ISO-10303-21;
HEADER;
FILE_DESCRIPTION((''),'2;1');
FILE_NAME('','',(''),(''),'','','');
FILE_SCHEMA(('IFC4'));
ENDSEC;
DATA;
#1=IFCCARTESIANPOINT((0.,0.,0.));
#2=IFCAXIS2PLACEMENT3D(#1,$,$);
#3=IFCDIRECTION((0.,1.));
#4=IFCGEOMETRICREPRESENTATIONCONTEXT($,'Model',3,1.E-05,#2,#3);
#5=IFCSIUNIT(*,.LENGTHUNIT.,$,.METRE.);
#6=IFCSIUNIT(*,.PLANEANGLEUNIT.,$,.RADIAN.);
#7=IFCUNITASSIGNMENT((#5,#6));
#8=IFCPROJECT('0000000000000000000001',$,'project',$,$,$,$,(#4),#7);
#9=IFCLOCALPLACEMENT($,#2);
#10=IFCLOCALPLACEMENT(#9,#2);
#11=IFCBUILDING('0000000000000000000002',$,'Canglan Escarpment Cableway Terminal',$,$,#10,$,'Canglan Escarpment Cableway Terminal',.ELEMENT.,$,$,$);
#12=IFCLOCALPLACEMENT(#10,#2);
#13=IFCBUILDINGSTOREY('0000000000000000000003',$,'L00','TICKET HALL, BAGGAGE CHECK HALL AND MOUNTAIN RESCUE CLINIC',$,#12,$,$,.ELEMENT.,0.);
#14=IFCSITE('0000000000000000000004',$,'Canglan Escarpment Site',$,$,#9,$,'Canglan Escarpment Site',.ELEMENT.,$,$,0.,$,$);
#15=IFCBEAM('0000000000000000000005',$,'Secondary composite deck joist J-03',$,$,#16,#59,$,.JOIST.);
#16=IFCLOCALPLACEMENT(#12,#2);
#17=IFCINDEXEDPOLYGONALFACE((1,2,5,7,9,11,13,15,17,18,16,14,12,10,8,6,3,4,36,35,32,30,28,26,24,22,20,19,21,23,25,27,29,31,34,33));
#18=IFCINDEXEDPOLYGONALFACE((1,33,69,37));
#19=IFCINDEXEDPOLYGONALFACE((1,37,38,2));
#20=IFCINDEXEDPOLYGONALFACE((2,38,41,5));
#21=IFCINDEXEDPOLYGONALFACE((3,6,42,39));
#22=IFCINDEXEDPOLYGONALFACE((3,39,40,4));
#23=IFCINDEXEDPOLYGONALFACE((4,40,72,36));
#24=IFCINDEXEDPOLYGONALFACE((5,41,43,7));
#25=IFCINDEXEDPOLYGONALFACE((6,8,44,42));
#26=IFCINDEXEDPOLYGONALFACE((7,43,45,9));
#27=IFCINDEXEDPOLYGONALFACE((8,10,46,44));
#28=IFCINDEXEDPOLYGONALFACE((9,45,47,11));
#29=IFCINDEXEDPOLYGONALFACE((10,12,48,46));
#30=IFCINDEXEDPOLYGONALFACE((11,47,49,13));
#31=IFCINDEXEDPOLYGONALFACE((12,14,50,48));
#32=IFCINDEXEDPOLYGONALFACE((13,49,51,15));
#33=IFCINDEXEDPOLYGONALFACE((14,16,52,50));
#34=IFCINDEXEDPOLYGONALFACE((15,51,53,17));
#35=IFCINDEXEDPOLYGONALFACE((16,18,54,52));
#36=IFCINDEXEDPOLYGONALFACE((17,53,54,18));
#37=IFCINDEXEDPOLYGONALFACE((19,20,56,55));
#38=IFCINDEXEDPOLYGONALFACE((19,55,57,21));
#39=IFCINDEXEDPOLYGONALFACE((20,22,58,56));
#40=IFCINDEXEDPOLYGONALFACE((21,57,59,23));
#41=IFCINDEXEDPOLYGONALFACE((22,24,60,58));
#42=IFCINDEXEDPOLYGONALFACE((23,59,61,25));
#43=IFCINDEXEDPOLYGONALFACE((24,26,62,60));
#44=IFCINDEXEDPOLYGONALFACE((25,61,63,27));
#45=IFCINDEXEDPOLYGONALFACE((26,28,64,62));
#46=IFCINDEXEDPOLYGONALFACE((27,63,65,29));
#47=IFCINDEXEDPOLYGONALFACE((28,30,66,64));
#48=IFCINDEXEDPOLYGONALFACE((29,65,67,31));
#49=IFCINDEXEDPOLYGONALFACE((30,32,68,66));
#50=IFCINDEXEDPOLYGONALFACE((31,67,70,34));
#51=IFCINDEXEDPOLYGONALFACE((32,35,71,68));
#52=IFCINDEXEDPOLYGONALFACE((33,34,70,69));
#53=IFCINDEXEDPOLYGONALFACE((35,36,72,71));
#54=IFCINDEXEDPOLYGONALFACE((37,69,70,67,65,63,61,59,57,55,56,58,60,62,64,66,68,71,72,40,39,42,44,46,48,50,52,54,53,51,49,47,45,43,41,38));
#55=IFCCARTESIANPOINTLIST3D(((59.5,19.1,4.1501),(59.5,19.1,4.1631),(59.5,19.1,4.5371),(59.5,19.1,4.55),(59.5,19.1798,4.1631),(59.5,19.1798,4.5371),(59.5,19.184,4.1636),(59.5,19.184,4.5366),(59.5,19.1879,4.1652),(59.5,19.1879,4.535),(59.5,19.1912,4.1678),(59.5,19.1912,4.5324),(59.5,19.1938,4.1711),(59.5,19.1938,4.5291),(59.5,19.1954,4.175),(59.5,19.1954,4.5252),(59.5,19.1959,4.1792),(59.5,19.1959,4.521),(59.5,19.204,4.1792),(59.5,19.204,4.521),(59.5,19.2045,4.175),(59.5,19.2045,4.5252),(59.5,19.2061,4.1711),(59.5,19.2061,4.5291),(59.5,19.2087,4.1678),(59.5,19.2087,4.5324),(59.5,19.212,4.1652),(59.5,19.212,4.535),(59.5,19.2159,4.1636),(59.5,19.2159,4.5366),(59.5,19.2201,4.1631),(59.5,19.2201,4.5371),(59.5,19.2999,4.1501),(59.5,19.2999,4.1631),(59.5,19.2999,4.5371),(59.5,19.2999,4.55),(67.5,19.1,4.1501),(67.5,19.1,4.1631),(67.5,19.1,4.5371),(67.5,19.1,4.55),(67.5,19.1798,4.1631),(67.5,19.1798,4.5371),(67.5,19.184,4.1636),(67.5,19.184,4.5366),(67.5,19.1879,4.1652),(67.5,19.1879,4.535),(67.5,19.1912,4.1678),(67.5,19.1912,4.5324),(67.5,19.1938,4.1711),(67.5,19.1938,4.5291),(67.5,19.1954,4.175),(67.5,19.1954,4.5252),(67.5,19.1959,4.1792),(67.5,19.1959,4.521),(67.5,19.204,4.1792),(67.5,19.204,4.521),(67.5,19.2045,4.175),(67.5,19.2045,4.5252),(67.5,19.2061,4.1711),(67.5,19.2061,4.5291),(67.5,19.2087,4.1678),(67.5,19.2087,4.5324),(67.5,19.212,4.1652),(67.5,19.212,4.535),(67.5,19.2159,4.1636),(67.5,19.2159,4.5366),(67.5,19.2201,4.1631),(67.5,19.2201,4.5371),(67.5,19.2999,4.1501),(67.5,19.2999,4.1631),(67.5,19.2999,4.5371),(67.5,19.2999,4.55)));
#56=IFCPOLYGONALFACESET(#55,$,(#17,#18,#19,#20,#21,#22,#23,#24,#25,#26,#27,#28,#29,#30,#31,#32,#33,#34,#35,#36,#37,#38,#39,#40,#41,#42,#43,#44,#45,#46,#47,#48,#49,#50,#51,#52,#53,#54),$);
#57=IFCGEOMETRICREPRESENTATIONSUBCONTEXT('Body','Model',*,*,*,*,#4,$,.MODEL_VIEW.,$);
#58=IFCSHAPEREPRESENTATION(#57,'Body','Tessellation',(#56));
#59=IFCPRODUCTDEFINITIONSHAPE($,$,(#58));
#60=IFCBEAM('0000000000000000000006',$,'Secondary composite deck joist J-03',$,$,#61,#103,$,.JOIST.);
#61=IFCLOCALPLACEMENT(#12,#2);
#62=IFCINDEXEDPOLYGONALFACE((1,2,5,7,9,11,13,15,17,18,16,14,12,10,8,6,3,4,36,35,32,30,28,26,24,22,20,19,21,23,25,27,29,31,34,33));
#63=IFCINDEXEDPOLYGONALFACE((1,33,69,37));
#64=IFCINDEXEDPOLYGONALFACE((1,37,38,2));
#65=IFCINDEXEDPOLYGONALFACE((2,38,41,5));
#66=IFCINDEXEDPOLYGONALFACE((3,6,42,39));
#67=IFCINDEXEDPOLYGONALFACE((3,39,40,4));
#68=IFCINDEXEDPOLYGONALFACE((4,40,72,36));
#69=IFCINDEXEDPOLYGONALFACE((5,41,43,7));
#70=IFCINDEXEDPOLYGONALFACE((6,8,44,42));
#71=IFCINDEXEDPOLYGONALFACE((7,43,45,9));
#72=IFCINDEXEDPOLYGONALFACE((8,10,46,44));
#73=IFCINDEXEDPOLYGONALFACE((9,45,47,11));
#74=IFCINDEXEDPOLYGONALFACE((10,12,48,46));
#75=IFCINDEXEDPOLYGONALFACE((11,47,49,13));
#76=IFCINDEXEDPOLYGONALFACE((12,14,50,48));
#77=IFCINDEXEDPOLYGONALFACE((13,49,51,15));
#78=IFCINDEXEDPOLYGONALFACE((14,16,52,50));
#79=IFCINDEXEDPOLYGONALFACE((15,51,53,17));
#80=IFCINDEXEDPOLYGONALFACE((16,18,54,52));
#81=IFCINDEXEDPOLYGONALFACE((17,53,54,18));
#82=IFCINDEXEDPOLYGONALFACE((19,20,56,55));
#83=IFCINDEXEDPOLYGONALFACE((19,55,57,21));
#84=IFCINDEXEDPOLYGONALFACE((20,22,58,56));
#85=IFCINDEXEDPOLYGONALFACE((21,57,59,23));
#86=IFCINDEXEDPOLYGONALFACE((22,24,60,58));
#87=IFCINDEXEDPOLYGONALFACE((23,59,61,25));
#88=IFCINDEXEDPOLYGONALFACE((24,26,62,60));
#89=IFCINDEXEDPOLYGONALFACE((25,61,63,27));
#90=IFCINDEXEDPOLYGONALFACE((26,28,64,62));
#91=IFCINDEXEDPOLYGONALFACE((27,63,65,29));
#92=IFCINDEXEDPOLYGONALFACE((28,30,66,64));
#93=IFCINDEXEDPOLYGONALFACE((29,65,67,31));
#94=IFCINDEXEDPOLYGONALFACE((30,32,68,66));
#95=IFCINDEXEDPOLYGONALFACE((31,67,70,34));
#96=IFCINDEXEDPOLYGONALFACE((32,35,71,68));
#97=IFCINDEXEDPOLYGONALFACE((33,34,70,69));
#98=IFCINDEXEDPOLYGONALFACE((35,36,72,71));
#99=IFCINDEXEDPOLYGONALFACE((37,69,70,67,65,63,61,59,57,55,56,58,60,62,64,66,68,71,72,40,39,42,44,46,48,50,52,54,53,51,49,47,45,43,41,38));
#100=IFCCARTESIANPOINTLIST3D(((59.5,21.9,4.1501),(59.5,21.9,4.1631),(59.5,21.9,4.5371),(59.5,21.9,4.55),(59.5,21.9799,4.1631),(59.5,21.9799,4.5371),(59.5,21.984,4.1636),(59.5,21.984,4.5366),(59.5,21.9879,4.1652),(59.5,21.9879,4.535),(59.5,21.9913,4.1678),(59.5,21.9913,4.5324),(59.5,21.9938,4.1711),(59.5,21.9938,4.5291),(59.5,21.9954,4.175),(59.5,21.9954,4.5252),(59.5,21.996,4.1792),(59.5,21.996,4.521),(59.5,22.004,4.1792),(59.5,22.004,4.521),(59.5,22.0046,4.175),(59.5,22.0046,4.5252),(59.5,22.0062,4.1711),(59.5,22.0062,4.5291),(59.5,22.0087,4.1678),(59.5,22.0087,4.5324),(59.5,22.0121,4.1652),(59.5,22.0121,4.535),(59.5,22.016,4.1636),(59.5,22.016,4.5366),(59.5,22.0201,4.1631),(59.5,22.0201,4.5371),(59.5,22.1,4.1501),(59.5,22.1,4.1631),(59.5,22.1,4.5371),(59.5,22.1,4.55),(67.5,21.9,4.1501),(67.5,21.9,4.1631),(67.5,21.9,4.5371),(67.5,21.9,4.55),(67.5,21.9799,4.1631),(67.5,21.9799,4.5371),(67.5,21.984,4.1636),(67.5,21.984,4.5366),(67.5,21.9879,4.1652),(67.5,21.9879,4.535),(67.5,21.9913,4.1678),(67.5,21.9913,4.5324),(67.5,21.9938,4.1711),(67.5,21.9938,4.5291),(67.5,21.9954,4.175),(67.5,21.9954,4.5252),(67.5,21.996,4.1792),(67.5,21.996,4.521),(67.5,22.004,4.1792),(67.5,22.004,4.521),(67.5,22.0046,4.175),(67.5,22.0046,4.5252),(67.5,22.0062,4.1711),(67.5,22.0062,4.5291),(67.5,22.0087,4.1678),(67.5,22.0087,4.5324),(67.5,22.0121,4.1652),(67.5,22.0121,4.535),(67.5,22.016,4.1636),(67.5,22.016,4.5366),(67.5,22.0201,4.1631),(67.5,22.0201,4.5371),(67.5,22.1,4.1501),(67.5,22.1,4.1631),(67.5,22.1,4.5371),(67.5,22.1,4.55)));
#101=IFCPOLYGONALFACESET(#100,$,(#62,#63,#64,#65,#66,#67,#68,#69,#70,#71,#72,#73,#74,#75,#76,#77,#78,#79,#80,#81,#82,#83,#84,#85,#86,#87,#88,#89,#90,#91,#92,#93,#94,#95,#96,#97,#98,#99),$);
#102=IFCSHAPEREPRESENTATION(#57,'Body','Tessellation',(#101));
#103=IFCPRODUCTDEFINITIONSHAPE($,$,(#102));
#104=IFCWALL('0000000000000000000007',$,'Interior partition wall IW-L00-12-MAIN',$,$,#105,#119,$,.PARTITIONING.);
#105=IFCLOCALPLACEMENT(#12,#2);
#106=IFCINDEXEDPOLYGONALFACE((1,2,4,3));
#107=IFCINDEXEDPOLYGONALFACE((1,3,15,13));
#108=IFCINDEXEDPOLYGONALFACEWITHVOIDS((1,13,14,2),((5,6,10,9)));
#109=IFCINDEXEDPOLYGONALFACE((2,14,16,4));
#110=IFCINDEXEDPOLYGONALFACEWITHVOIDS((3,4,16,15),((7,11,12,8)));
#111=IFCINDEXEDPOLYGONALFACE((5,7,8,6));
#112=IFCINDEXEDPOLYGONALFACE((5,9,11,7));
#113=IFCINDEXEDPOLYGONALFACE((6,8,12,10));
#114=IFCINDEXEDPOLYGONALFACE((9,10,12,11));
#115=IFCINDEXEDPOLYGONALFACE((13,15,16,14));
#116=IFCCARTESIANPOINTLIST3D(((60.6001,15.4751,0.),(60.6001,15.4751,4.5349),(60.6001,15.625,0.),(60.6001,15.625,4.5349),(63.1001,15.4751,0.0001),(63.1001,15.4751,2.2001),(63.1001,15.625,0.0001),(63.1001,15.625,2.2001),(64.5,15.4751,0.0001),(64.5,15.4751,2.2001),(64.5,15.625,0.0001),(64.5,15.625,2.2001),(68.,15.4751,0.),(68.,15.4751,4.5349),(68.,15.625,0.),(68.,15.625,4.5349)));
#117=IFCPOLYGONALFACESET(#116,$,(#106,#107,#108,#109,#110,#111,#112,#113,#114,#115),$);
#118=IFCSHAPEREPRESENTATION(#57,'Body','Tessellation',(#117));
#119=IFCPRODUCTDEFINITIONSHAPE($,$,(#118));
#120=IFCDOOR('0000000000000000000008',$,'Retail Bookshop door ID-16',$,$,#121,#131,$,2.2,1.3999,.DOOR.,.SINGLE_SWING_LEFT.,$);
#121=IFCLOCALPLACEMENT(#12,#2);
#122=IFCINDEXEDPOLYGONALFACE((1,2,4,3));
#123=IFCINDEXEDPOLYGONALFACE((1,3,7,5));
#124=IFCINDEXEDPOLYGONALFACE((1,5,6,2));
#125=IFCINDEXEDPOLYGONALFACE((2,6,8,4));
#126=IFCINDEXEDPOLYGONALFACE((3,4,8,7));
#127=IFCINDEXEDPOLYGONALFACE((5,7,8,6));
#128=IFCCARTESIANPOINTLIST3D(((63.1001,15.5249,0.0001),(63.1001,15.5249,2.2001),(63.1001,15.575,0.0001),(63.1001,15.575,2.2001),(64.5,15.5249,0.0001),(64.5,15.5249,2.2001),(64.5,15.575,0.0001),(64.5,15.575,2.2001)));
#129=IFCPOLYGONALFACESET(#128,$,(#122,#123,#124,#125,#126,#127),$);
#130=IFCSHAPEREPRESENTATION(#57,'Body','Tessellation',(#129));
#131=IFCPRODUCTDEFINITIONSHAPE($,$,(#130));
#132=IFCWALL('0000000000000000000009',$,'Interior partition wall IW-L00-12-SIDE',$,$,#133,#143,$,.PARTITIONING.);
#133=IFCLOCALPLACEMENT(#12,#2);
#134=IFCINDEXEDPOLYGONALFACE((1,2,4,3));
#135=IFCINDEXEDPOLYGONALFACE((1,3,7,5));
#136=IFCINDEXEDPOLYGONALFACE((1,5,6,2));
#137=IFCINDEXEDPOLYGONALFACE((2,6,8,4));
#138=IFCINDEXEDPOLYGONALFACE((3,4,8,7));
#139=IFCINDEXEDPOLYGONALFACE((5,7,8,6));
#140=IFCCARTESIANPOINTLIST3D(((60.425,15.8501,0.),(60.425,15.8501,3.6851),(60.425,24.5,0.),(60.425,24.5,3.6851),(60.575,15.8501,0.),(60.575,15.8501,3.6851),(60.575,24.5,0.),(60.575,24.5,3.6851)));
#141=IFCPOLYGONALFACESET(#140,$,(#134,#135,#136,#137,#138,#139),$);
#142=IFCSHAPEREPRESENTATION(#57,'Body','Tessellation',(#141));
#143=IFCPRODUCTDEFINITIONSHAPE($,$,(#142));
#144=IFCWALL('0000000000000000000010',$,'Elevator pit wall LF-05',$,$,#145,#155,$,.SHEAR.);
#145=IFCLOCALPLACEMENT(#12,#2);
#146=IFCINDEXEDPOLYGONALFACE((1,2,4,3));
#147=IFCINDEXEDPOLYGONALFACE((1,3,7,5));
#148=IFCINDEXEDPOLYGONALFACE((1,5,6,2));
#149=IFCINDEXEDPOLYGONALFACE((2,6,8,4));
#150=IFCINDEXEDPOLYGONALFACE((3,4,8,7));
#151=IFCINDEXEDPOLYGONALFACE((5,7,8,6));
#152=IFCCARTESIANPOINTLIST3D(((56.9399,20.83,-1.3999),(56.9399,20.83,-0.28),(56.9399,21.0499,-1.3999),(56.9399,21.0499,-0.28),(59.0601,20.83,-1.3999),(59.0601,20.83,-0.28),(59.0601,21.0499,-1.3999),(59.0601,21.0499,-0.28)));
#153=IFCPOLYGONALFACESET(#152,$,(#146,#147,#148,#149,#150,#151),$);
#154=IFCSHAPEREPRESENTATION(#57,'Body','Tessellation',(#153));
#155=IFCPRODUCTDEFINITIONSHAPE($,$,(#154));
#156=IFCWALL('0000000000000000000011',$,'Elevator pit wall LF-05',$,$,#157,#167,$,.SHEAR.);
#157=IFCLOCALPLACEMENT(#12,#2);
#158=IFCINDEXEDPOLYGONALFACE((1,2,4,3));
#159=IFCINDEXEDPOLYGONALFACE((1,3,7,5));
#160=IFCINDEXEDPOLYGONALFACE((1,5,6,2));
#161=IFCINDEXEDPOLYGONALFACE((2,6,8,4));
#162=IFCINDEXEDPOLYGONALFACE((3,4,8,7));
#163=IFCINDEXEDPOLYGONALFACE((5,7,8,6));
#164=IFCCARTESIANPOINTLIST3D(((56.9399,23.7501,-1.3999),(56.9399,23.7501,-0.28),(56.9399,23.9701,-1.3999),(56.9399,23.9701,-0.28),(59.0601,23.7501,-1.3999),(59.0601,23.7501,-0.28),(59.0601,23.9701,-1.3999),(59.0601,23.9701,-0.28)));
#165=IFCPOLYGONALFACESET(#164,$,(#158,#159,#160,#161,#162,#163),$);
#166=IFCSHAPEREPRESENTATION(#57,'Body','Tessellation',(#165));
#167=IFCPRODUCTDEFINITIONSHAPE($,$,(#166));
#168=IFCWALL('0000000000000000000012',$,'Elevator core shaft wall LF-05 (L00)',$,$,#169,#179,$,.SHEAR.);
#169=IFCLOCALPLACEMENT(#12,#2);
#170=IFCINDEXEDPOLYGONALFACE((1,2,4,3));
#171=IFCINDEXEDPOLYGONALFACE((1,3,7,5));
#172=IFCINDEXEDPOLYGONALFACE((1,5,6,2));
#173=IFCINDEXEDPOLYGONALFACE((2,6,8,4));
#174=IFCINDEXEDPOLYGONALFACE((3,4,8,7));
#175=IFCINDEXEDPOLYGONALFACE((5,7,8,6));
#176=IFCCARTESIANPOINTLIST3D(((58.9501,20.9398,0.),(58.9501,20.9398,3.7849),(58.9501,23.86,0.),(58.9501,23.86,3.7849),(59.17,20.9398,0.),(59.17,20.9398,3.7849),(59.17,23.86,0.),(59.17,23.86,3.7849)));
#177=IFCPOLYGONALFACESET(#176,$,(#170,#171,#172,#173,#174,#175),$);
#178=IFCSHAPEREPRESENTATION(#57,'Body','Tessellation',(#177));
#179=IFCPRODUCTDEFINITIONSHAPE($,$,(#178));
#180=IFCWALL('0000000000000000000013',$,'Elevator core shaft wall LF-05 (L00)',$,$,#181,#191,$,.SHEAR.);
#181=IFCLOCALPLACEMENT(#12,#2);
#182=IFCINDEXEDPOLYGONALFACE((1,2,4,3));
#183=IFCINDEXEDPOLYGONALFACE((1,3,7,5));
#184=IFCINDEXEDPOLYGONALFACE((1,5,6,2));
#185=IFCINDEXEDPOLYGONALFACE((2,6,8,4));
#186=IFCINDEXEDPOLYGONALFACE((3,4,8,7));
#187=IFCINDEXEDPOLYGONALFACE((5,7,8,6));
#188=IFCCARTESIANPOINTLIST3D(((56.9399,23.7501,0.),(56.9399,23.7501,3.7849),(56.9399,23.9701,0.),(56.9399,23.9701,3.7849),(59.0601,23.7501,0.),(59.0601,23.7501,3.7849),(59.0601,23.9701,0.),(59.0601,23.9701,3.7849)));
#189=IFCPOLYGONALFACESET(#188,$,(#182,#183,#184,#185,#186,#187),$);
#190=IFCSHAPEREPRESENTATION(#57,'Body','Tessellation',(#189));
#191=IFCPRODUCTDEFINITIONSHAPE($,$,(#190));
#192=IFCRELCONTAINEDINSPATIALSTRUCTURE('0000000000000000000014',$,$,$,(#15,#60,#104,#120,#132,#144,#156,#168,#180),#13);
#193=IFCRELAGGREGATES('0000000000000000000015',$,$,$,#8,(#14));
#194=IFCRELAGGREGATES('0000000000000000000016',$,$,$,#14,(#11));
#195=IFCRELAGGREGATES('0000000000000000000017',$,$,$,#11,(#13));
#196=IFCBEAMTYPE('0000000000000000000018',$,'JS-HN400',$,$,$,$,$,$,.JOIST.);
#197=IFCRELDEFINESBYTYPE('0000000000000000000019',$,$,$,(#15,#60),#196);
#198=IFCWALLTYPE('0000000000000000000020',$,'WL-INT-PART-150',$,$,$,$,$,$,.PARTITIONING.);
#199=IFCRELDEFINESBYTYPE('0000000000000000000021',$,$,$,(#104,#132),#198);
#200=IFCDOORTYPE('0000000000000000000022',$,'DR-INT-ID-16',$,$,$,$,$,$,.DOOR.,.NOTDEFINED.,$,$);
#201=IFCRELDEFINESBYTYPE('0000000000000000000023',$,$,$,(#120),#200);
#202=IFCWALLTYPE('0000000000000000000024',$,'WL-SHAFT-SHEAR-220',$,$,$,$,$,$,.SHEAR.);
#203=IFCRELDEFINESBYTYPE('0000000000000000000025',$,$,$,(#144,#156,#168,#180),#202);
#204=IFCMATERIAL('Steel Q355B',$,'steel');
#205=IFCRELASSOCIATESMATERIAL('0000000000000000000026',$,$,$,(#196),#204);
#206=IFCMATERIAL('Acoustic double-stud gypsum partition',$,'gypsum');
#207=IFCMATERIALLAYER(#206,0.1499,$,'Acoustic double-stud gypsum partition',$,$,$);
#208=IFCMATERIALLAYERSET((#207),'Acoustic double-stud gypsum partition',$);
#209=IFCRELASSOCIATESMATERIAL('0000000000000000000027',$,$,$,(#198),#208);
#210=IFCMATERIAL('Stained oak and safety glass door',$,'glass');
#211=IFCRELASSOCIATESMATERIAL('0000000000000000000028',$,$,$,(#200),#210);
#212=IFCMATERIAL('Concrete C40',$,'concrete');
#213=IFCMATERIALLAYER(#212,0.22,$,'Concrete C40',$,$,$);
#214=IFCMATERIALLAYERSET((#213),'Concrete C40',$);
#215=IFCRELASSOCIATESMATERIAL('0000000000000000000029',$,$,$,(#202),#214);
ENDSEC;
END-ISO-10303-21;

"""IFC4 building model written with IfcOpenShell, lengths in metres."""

from ifc_helpers import new_model, si_unit, direction, frame, frame_2d, origin, origin_2d, place, context, subcontext, project, spatial, rectangle, i_section, extrude, material, layer, layer_set, material_profile, profile_set, type_object, element, fill, save


model = new_model("IFC4")

# Units and contexts
model_context = context("Model", 3, precision=1e-05, world=origin(), true_north=direction((0.0, 1.0)))
body_context = subcontext(model_context, "Body", "Model", "MODEL_VIEW")
ifc_project = project(units=[si_unit("LENGTHUNIT", "METRE"), si_unit("PLANEANGLEUNIT", "RADIAN")], contexts=[model_context])

# Site, building, storey
site_placement = place(None, origin())
site = spatial("IfcSite", under=ifc_project, at=site_placement, Name="Canglan Escarpment Site", LongName="Canglan Escarpment Site", CompositionType="ELEMENT", RefElevation=0.0)
building_placement = place(site_placement, origin())
building = spatial("IfcBuilding", under=site, at=building_placement, Name="Canglan Escarpment Cableway Terminal", LongName="Canglan Escarpment Cableway Terminal", CompositionType="ELEMENT")
storey_placement = place(building_placement, origin())
storey = spatial("IfcBuildingStorey", under=building, at=storey_placement, Name="L00", Description="TICKET HALL, BAGGAGE CHECK HALL AND MOUNTAIN RESCUE CLINIC", CompositionType="ELEMENT", Elevation=0.0)

# Shared definitions
ifc_material_1 = material(Name="Concrete C40", Category="concrete")

# Beams
ifc_material_2 = material(Name="Steel Q355B", Category="steel")
ifc_material_profile_1 = material_profile(ifc_material_2, i_section(OverallWidth=0.2, OverallDepth=0.3999, WebThickness=0.0081, FlangeThickness=0.0129, FilletRadius=0.0161, at=origin_2d()), Name="HN 400x200x8x13")
ifc_profile_set_1 = profile_set([ifc_material_profile_1], Name="Steel Q355B")
beam_type_1 = type_object("IfcBeamType", Name="JS-HN400", PredefinedType="JOIST", material=ifc_profile_set_1)
for number, where, z_axis, x_axis, name in (
    (1, (59.5, 19.2, 4.3501), (1.0, 0.0, 0.0), (0.0, 1.0, 0.0), "Secondary composite deck joist J-03"),
    (2, (59.5, 22.0, 4.3501), (1.0, 0.0, 0.0), (0.0, 1.0, 0.0), "Secondary composite deck joist J-03"),
):
    element("IfcBeam", number, at=place(storey_placement, frame(where, z_axis=z_axis, x_axis=x_axis)), inside=storey, type_object=beam_type_1, Name=name, PredefinedType="JOIST", context=body_context, shape_type="SweptSolid", body=[
        extrude(i_section(OverallWidth=0.2, OverallDepth=0.3999, WebThickness=0.0081, FlangeThickness=0.0129, FilletRadius=0.0161, at=origin_2d()), origin(), (0.0, 0.0, 1.0), 8.0),
    ])

# Wall, opening, door
ifc_material_3 = material(Name="Acoustic double-stud gypsum partition", Category="gypsum")
ifc_layer_1 = layer(ifc_material_3, 0.1499, Name="Acoustic double-stud gypsum partition")
ifc_layer_set_1 = layer_set([ifc_layer_1], Name="Acoustic double-stud gypsum partition")
wall_type_1 = type_object("IfcWallType", Name="WL-INT-PART-150", PredefinedType="PARTITIONING", material=ifc_layer_set_1)
wall_1_placement = place(storey_placement, frame((60.6001, 15.55, 0.0), z_axis=(0.0, 0.0, 1.0), x_axis=(1.0, 0.0, 0.0)))
wall_1 = element("IfcWall", 3, at=wall_1_placement, inside=storey, type_object=wall_type_1, Name="Interior partition wall IW-L00-12-MAIN", PredefinedType="PARTITIONING", context=body_context, shape_type="SweptSolid", body=[
    extrude(rectangle(XDim=7.3999, YDim=0.1499, at=frame_2d((3.7, 0.0))), origin(), (0.0, 0.0, 1.0), 4.5349),
])
opening_1_placement = place(wall_1_placement, frame((2.5, 0.0, 0.0)))
opening_1 = element("IfcOpeningElement", 4, at=opening_1_placement, cuts=wall_1, PredefinedType="OPENING", context=body_context, shape_type="SweptSolid", body=[
    extrude(rectangle(XDim=1.3999, YDim=2.2, at=frame_2d((0.7, 1.1001))), frame((0.0, 0.085, 0.0), z_axis=(0.0, -1.0, 0.0), x_axis=(1.0, 0.0, 0.0)), (0.0, 0.0, 1.0), 0.1699),
])
ifc_material_4 = material(Name="Stained oak and safety glass door", Category="glass")
door_type_1 = type_object("IfcDoorType", Name="DR-INT-ID-16", OperationType="NOTDEFINED", PredefinedType="DOOR", material=ifc_material_4)
door_1_placement = place(opening_1_placement, origin())
door_1 = element("IfcDoor", 5, at=door_1_placement, inside=storey, type_object=door_type_1, Name="Retail Bookshop door ID-16", OperationType="SINGLE_SWING_LEFT", OverallHeight=2.2, OverallWidth=1.3999, PredefinedType="DOOR", context=body_context, shape_type="SweptSolid", body=[
    extrude(rectangle(XDim=1.3999, YDim=2.2, at=frame_2d((0.7, 1.1001))), frame((0.0, 0.0249, 0.0), z_axis=(0.0, -1.0, 0.0), x_axis=(1.0, 0.0, 0.0)), (0.0, 0.0, 1.0), 0.05),
])
fill(opening_1, door_1)

# Walls
wall_2_placement = place(storey_placement, frame((60.5, 15.8501, 0.0), z_axis=(0.0, 0.0, 1.0), x_axis=(0.0, 1.0, 0.0)))
element("IfcWall", 6, at=wall_2_placement, inside=storey, type_object=wall_type_1, Name="Interior partition wall IW-L00-12-SIDE", PredefinedType="PARTITIONING", context=body_context, shape_type="SweptSolid", body=[
    extrude(rectangle(XDim=8.6499, YDim=0.1499, at=frame_2d((4.325, 0.0))), origin(), (0.0, 0.0, 1.0), 3.6851),
])
ifc_layer_2 = layer(ifc_material_1, 0.22, Name="Concrete C40")
ifc_layer_set_2 = layer_set([ifc_layer_2], Name="Concrete C40")
wall_type_2 = type_object("IfcWallType", Name="WL-SHAFT-SHEAR-220", PredefinedType="SHEAR", material=ifc_layer_set_2)
for number, where, z_axis, x_axis, name in (
    (7, (56.9399, 20.9399, -1.3999), (0.0, 0.0, 1.0), (1.0, 0.0, 0.0), "Elevator pit wall LF-05"),
    (8, (56.9399, 23.8601, -1.3999), (0.0, 0.0, 1.0), (1.0, 0.0, 0.0), "Elevator pit wall LF-05"),
):
    element("IfcWall", number, at=place(storey_placement, frame(where, z_axis=z_axis, x_axis=x_axis)), inside=storey, type_object=wall_type_2, Name=name, PredefinedType="SHEAR", context=body_context, shape_type="SweptSolid", body=[
        extrude(rectangle(XDim=2.1201, YDim=0.22, at=frame_2d((1.0601, 0.0))), origin(), (0.0, 0.0, 1.0), 1.1199),
    ])

# Walls
wall_3_placement = place(storey_placement, frame((59.0601, 20.9399, 0.0), z_axis=(0.0, 0.0, 1.0), x_axis=(0.0, 1.0, 0.0)))
element("IfcWall", 9, at=wall_3_placement, inside=storey, type_object=wall_type_2, Name="Elevator core shaft wall LF-05 (L00)", PredefinedType="SHEAR", context=body_context, shape_type="SweptSolid", body=[
    extrude(rectangle(XDim=2.9202, YDim=0.22, at=frame_2d((1.46, 0.0))), origin(), (0.0, 0.0, 1.0), 3.7849),
])
wall_4_placement = place(storey_placement, frame((59.0601, 23.8601, 0.0), z_axis=(0.0, 0.0, 1.0), x_axis=(-1.0, 0.0, 0.0)))
element("IfcWall", 10, at=wall_4_placement, inside=storey, type_object=wall_type_2, Name="Elevator core shaft wall LF-05 (L00)", PredefinedType="SHEAR", context=body_context, shape_type="SweptSolid", body=[
    extrude(rectangle(XDim=2.1201, YDim=0.22, at=frame_2d((1.0601, 0.0))), origin(), (0.0, 0.0, 1.0), 3.7849),
])

save(model, "model.ifc")
